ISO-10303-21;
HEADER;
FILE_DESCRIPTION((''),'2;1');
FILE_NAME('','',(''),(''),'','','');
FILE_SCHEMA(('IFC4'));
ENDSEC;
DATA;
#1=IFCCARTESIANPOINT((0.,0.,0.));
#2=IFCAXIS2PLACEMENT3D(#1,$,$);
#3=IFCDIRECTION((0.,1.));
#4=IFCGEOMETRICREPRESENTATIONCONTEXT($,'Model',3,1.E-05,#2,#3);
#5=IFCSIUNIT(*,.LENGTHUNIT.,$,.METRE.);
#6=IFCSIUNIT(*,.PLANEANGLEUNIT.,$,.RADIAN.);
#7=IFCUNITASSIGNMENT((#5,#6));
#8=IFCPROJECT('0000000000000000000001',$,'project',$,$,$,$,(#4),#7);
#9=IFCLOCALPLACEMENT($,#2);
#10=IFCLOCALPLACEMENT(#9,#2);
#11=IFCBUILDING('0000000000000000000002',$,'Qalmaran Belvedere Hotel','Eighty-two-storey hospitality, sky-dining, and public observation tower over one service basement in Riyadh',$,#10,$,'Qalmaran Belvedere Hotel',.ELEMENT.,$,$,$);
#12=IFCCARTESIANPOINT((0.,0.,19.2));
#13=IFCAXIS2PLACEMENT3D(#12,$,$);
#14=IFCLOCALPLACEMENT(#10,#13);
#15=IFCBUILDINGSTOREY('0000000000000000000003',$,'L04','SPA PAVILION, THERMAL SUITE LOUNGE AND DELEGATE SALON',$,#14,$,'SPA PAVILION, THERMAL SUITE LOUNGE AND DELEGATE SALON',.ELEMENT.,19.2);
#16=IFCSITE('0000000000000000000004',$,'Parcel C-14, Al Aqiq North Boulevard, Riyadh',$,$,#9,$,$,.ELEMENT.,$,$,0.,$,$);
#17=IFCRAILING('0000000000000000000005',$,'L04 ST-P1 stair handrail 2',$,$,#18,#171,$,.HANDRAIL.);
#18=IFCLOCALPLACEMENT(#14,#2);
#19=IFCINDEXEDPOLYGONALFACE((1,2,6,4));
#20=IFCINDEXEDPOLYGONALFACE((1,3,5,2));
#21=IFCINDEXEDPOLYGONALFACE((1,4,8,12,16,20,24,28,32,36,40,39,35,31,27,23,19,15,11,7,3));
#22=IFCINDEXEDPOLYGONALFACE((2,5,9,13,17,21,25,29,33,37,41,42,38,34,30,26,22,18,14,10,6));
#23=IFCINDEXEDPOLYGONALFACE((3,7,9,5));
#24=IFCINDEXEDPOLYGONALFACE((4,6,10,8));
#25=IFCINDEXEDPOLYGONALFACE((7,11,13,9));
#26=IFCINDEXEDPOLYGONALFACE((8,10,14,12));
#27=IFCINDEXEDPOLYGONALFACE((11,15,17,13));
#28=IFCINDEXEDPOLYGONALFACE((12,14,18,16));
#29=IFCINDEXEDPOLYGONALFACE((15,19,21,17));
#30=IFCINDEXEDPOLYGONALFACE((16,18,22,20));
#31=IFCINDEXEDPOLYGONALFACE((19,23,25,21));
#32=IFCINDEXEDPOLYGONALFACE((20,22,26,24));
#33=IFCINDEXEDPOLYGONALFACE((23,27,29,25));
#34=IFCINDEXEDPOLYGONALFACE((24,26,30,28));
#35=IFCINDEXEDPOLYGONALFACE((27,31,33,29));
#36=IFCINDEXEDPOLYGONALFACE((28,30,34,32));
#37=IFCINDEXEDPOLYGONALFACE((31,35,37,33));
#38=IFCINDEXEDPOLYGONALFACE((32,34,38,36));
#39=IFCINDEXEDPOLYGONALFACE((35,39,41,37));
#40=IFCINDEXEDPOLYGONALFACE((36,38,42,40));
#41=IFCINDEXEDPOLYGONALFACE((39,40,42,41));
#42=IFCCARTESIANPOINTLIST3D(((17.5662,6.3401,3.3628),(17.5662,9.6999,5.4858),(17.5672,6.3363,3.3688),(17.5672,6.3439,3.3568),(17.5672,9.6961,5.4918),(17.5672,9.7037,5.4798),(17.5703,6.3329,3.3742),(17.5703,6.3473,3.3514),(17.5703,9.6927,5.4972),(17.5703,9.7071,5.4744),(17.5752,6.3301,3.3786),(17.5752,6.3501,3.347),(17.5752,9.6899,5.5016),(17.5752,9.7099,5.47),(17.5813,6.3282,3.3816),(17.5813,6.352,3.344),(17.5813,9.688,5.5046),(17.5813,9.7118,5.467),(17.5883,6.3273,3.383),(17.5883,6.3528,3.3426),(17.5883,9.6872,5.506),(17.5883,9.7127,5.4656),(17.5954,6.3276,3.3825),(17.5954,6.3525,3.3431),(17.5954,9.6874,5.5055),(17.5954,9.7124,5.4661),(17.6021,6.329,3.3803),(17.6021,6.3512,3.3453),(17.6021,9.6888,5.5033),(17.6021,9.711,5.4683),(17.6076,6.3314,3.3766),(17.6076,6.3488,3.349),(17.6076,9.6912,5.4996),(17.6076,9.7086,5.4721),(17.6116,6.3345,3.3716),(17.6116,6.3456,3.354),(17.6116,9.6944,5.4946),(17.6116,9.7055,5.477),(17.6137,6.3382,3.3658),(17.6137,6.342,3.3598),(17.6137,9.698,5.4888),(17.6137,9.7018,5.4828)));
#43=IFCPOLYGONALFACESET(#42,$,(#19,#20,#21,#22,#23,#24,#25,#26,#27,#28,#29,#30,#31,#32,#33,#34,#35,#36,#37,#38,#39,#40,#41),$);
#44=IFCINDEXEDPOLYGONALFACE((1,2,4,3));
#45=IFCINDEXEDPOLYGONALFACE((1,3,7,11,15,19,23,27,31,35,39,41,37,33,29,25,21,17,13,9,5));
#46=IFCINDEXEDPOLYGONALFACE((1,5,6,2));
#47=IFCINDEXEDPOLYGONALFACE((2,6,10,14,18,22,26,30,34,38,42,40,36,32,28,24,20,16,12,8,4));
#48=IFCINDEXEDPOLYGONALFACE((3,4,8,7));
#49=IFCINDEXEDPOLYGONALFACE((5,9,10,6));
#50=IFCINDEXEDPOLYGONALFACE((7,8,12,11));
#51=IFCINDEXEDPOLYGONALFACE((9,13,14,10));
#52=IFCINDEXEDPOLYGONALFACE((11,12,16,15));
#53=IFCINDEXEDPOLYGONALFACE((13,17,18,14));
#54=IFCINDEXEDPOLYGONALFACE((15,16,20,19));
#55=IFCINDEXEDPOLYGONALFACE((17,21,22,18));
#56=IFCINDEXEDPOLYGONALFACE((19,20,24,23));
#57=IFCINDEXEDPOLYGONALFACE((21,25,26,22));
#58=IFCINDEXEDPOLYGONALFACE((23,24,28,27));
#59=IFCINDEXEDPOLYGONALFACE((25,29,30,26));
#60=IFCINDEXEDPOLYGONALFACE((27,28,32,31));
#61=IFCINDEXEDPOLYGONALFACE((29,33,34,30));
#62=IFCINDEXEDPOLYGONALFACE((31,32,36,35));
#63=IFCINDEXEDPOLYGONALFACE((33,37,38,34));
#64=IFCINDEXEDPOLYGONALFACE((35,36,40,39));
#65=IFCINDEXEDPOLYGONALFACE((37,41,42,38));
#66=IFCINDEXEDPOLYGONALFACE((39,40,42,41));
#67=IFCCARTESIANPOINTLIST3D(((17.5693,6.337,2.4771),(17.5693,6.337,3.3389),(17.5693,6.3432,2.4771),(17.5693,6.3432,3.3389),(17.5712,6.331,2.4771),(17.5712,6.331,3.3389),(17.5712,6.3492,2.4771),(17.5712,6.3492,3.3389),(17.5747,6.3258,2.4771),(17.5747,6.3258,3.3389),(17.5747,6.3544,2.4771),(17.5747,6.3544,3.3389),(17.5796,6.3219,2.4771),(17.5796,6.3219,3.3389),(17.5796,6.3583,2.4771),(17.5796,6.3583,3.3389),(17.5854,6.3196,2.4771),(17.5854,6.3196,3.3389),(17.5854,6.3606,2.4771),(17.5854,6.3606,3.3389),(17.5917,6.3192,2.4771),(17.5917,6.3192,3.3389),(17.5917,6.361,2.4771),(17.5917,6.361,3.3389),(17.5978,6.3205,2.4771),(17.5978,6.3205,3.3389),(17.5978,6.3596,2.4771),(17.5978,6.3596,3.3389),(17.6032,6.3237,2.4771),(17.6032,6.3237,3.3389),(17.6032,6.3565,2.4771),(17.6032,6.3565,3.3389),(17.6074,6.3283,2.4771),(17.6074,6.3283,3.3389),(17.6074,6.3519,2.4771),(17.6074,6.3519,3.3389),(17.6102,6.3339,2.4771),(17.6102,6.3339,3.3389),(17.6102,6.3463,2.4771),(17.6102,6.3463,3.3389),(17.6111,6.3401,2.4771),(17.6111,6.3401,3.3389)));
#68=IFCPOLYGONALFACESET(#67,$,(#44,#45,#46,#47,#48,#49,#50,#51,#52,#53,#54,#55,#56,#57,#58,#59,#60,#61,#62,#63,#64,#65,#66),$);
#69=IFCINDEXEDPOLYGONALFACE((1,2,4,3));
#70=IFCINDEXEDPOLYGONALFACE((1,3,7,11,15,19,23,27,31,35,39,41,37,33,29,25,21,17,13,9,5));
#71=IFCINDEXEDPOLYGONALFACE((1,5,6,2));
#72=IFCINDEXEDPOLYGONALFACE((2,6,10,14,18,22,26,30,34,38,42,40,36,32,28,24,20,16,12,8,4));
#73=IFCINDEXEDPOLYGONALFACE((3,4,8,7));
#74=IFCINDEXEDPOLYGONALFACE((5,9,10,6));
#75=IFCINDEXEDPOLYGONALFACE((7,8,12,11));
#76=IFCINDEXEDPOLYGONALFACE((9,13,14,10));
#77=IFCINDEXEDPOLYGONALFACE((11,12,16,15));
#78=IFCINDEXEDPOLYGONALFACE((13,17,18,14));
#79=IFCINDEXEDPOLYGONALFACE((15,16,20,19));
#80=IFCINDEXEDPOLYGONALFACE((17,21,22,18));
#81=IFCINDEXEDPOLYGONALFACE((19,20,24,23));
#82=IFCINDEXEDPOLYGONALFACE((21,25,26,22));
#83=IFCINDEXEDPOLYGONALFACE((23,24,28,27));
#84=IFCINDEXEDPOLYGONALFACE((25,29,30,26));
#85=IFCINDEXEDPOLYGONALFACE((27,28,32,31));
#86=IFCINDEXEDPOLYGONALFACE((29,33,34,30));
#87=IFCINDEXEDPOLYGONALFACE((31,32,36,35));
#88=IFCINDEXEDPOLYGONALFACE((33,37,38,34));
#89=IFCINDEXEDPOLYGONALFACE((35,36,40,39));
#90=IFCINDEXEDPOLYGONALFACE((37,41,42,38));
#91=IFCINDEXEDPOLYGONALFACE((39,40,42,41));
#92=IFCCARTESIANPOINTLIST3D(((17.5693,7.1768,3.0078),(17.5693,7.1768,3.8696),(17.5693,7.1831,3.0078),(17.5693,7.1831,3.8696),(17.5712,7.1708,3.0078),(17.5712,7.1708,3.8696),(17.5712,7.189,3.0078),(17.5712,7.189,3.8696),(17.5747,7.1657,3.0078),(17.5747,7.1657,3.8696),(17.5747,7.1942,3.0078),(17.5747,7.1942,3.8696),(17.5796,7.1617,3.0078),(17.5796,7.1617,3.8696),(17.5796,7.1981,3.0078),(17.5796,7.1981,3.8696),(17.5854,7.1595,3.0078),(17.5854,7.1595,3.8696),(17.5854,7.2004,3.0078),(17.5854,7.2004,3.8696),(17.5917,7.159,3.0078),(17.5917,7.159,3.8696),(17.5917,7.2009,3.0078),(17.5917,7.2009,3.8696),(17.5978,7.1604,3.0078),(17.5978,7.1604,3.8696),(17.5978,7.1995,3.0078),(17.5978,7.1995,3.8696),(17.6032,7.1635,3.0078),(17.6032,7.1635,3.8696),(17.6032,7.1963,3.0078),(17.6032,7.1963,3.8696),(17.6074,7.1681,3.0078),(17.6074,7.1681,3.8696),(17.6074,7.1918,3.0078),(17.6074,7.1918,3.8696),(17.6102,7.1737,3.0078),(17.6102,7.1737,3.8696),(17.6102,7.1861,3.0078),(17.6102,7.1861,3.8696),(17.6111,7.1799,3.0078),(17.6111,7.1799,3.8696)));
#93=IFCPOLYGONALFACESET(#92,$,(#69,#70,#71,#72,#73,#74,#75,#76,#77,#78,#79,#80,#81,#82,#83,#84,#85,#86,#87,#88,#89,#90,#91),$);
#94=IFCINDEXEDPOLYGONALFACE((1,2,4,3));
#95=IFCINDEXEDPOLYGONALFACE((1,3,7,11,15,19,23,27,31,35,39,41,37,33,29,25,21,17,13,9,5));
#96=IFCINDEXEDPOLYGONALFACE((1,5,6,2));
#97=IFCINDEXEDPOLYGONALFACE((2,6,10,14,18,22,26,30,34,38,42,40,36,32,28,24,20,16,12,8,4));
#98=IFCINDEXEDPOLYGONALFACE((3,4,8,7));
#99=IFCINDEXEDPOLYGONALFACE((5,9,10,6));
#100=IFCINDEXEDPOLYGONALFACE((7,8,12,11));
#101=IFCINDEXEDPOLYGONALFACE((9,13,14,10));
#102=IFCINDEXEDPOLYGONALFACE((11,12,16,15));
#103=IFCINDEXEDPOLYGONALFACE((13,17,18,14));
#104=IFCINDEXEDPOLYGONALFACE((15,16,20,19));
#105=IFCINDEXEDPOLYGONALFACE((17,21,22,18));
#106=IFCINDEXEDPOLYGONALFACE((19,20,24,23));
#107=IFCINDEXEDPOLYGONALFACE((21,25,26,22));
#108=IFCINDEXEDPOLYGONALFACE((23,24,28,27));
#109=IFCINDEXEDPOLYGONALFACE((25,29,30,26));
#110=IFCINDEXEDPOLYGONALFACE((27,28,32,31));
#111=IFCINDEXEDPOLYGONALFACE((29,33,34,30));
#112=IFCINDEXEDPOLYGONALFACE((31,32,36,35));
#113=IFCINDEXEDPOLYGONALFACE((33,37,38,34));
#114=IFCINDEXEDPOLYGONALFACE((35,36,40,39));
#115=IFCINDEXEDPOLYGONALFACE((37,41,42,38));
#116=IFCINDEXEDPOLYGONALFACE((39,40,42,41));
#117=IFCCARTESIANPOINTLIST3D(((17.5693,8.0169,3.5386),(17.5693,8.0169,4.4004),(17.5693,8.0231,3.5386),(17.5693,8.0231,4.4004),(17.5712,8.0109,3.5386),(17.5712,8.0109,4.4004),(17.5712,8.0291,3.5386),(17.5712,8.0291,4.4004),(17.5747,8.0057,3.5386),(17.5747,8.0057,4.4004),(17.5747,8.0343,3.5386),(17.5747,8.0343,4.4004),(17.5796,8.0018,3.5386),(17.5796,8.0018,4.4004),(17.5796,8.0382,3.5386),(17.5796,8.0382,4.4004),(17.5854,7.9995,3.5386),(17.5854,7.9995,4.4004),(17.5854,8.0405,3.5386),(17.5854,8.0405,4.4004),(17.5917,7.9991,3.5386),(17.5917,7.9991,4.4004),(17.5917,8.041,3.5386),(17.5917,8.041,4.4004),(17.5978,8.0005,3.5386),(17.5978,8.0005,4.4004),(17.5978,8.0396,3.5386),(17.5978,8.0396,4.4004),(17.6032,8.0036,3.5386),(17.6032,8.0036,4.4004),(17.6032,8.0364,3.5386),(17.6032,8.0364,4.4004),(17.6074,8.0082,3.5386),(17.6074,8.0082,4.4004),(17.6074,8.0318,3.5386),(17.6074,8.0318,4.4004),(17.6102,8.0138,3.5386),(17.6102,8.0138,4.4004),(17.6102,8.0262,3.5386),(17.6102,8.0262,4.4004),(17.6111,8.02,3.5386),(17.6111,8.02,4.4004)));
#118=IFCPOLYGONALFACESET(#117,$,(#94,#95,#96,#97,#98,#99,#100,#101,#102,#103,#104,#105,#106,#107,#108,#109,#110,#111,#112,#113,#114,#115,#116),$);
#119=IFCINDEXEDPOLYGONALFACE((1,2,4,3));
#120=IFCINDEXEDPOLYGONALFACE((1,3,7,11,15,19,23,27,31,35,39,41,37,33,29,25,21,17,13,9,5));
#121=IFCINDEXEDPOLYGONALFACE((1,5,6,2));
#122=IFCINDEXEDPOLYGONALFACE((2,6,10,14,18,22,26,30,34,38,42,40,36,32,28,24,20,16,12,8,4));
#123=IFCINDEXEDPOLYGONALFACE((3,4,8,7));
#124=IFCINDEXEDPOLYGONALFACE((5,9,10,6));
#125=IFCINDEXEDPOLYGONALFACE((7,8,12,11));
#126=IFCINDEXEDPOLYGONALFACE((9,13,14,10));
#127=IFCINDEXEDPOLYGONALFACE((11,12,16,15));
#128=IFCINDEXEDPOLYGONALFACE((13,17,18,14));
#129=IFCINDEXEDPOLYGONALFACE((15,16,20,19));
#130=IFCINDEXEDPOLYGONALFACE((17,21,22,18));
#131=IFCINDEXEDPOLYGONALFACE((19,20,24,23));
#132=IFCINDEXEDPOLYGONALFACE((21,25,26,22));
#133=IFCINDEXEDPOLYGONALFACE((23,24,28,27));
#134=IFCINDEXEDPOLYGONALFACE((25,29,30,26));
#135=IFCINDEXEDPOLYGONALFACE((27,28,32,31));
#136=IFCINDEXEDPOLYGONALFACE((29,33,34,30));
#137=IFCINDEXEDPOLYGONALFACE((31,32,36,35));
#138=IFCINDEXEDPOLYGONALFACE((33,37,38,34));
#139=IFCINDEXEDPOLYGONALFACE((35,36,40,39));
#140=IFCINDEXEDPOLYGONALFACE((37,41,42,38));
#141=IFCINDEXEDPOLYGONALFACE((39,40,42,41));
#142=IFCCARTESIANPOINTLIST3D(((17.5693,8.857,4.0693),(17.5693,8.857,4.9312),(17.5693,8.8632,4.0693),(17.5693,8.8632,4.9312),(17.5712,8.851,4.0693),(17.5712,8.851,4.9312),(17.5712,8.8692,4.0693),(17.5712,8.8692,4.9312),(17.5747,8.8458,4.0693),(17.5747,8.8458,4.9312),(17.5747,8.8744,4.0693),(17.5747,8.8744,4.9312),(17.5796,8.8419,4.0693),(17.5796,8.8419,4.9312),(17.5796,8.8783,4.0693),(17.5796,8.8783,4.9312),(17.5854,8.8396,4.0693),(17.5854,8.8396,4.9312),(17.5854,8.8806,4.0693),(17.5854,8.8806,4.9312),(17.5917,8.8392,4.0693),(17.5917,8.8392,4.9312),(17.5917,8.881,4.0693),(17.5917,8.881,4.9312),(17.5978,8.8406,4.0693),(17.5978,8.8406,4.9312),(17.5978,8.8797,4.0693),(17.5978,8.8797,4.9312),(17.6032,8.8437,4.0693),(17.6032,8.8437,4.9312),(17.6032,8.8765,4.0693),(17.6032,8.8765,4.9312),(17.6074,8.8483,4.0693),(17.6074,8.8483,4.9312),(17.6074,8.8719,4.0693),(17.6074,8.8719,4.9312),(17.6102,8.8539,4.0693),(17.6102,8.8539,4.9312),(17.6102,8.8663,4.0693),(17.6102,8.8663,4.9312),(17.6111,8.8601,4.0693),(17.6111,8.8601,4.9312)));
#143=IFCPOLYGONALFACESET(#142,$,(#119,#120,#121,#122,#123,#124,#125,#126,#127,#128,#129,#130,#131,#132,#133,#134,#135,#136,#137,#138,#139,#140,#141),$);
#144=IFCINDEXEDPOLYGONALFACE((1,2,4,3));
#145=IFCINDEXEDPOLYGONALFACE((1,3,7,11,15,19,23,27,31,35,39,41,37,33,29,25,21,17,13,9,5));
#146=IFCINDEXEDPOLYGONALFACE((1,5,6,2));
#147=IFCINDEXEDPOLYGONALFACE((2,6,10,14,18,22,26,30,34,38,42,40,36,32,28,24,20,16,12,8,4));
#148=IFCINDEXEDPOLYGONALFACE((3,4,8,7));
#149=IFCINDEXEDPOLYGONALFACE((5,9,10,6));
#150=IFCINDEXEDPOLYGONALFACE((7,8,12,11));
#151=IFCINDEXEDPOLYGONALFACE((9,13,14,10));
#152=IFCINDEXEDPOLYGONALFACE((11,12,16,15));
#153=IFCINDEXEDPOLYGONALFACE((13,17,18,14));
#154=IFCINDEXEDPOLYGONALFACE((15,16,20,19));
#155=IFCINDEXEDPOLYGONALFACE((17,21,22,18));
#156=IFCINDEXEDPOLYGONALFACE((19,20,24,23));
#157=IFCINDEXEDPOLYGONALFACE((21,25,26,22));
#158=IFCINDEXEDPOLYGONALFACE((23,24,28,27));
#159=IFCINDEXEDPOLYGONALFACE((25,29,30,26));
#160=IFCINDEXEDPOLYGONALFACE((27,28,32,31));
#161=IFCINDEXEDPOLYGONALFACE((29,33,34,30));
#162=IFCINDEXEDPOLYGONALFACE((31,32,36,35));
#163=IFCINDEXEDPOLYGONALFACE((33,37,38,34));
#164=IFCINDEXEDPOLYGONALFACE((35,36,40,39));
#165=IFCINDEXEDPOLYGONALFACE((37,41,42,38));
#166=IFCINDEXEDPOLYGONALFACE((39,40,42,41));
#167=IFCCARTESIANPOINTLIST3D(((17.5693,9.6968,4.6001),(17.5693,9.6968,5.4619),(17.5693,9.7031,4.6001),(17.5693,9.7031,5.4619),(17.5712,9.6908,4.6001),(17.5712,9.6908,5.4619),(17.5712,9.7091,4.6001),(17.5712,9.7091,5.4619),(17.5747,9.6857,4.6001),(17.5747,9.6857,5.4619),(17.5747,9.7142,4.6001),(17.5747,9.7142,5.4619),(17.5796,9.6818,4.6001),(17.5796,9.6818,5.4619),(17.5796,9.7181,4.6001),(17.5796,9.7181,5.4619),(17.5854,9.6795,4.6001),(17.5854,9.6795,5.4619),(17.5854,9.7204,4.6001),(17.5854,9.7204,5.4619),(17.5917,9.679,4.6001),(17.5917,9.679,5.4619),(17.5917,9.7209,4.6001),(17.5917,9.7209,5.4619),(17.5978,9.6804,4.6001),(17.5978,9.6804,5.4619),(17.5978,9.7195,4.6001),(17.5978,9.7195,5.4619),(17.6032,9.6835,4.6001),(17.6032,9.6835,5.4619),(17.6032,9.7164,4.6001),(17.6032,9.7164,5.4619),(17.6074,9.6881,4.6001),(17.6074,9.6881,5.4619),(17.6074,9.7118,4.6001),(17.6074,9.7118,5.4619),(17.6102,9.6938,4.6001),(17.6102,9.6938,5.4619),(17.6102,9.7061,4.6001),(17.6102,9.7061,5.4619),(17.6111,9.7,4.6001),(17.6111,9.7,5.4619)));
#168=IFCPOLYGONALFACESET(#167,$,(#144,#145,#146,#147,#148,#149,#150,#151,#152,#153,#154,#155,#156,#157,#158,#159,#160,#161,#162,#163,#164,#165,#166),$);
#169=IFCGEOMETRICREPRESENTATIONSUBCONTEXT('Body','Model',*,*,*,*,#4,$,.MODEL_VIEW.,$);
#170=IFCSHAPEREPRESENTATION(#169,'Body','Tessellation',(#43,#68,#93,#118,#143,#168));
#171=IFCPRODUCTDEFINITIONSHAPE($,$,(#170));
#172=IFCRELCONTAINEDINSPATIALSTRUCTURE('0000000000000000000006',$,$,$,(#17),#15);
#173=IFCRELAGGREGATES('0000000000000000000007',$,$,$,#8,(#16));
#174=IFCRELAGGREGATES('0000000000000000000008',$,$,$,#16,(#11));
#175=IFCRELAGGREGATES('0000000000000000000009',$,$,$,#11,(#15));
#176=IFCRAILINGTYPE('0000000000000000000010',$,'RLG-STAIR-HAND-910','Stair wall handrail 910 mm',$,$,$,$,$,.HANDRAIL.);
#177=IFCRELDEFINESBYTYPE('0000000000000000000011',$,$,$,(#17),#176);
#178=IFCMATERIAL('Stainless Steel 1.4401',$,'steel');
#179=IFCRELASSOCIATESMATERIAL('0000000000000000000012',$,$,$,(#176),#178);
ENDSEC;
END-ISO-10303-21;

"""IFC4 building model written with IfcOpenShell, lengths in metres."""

from ifc_helpers import new_model, si_unit, direction, frame, origin, origin_2d, place, context, subcontext, project, spatial, circle, extrude, material, type_object, element, save


model = new_model("IFC4")

# Units and contexts
model_context = context("Model", 3, precision=1e-05, world=origin(), true_north=direction((0.0, 1.0)))
body_context = subcontext(model_context, "Body", "Model", "MODEL_VIEW")
ifc_project = project(units=[si_unit("LENGTHUNIT", "METRE"), si_unit("PLANEANGLEUNIT", "RADIAN")], contexts=[model_context])

# Site, building, storey
site_placement = place(None, origin())
site = spatial("IfcSite", under=ifc_project, at=site_placement, Name="Parcel C-14, Al Aqiq North Boulevard, Riyadh", CompositionType="ELEMENT", RefElevation=0.0)
building_placement = place(site_placement, origin())
building = spatial("IfcBuilding", under=site, at=building_placement, Name="Qalmaran Belvedere Hotel", Description="Eighty-two-storey hospitality, sky-dining, and public observation tower over one service basement in Riyadh", LongName="Qalmaran Belvedere Hotel", CompositionType="ELEMENT")
storey_placement = place(building_placement, frame((0.0, 0.0, 19.2)))
storey = spatial("IfcBuildingStorey", under=building, at=storey_placement, Name="L04", Description="SPA PAVILION, THERMAL SUITE LOUNGE AND DELEGATE SALON", LongName="SPA PAVILION, THERMAL SUITE LOUNGE AND DELEGATE SALON", CompositionType="ELEMENT", Elevation=19.2)

# Railing
ifc_material_1 = material(Name="Stainless Steel 1.4401", Category="steel")
railing_type_1 = type_object("IfcRailingType", Name="RLG-STAIR-HAND-910", Description="Stair wall handrail 910 mm", PredefinedType="HANDRAIL", material=ifc_material_1)
railing_1_placement = place(storey_placement, frame((17.5901, 6.3401, 2.4771)))
element("IfcRailing", 1, at=railing_1_placement, inside=storey, type_object=railing_type_1, Name="L04 ST-P1 stair handrail 2", PredefinedType="HANDRAIL", context=body_context, shape_type="SweptSolid", body=[
    extrude(circle(Radius=0.0239, at=origin_2d()), frame((0.0, 0.0, 0.8857), z_axis=(0.0, 0.845372, 0.534178), x_axis=(-1.0, 0.0, 0.0)), (0.0, 0.0, 1.0), 3.9744),
    extrude(circle(Radius=0.021, at=origin_2d()), origin(), (0.0, 0.0, 1.0), 0.8618),
    extrude(circle(Radius=0.021, at=origin_2d()), frame((0.0, 0.8398, 0.5308)), (0.0, 0.0, 1.0), 0.8618),
    extrude(circle(Radius=0.021, at=origin_2d()), frame((0.0, 1.6799, 1.0615)), (0.0, 0.0, 1.0), 0.8618),
    extrude(circle(Radius=0.021, at=origin_2d()), frame((0.0, 2.52, 1.5923)), (0.0, 0.0, 1.0), 0.8618),
    extrude(circle(Radius=0.021, at=origin_2d()), frame((0.0, 3.3599, 2.123)), (0.0, 0.0, 1.0), 0.8618),
])

save(model, "model.ifc")
